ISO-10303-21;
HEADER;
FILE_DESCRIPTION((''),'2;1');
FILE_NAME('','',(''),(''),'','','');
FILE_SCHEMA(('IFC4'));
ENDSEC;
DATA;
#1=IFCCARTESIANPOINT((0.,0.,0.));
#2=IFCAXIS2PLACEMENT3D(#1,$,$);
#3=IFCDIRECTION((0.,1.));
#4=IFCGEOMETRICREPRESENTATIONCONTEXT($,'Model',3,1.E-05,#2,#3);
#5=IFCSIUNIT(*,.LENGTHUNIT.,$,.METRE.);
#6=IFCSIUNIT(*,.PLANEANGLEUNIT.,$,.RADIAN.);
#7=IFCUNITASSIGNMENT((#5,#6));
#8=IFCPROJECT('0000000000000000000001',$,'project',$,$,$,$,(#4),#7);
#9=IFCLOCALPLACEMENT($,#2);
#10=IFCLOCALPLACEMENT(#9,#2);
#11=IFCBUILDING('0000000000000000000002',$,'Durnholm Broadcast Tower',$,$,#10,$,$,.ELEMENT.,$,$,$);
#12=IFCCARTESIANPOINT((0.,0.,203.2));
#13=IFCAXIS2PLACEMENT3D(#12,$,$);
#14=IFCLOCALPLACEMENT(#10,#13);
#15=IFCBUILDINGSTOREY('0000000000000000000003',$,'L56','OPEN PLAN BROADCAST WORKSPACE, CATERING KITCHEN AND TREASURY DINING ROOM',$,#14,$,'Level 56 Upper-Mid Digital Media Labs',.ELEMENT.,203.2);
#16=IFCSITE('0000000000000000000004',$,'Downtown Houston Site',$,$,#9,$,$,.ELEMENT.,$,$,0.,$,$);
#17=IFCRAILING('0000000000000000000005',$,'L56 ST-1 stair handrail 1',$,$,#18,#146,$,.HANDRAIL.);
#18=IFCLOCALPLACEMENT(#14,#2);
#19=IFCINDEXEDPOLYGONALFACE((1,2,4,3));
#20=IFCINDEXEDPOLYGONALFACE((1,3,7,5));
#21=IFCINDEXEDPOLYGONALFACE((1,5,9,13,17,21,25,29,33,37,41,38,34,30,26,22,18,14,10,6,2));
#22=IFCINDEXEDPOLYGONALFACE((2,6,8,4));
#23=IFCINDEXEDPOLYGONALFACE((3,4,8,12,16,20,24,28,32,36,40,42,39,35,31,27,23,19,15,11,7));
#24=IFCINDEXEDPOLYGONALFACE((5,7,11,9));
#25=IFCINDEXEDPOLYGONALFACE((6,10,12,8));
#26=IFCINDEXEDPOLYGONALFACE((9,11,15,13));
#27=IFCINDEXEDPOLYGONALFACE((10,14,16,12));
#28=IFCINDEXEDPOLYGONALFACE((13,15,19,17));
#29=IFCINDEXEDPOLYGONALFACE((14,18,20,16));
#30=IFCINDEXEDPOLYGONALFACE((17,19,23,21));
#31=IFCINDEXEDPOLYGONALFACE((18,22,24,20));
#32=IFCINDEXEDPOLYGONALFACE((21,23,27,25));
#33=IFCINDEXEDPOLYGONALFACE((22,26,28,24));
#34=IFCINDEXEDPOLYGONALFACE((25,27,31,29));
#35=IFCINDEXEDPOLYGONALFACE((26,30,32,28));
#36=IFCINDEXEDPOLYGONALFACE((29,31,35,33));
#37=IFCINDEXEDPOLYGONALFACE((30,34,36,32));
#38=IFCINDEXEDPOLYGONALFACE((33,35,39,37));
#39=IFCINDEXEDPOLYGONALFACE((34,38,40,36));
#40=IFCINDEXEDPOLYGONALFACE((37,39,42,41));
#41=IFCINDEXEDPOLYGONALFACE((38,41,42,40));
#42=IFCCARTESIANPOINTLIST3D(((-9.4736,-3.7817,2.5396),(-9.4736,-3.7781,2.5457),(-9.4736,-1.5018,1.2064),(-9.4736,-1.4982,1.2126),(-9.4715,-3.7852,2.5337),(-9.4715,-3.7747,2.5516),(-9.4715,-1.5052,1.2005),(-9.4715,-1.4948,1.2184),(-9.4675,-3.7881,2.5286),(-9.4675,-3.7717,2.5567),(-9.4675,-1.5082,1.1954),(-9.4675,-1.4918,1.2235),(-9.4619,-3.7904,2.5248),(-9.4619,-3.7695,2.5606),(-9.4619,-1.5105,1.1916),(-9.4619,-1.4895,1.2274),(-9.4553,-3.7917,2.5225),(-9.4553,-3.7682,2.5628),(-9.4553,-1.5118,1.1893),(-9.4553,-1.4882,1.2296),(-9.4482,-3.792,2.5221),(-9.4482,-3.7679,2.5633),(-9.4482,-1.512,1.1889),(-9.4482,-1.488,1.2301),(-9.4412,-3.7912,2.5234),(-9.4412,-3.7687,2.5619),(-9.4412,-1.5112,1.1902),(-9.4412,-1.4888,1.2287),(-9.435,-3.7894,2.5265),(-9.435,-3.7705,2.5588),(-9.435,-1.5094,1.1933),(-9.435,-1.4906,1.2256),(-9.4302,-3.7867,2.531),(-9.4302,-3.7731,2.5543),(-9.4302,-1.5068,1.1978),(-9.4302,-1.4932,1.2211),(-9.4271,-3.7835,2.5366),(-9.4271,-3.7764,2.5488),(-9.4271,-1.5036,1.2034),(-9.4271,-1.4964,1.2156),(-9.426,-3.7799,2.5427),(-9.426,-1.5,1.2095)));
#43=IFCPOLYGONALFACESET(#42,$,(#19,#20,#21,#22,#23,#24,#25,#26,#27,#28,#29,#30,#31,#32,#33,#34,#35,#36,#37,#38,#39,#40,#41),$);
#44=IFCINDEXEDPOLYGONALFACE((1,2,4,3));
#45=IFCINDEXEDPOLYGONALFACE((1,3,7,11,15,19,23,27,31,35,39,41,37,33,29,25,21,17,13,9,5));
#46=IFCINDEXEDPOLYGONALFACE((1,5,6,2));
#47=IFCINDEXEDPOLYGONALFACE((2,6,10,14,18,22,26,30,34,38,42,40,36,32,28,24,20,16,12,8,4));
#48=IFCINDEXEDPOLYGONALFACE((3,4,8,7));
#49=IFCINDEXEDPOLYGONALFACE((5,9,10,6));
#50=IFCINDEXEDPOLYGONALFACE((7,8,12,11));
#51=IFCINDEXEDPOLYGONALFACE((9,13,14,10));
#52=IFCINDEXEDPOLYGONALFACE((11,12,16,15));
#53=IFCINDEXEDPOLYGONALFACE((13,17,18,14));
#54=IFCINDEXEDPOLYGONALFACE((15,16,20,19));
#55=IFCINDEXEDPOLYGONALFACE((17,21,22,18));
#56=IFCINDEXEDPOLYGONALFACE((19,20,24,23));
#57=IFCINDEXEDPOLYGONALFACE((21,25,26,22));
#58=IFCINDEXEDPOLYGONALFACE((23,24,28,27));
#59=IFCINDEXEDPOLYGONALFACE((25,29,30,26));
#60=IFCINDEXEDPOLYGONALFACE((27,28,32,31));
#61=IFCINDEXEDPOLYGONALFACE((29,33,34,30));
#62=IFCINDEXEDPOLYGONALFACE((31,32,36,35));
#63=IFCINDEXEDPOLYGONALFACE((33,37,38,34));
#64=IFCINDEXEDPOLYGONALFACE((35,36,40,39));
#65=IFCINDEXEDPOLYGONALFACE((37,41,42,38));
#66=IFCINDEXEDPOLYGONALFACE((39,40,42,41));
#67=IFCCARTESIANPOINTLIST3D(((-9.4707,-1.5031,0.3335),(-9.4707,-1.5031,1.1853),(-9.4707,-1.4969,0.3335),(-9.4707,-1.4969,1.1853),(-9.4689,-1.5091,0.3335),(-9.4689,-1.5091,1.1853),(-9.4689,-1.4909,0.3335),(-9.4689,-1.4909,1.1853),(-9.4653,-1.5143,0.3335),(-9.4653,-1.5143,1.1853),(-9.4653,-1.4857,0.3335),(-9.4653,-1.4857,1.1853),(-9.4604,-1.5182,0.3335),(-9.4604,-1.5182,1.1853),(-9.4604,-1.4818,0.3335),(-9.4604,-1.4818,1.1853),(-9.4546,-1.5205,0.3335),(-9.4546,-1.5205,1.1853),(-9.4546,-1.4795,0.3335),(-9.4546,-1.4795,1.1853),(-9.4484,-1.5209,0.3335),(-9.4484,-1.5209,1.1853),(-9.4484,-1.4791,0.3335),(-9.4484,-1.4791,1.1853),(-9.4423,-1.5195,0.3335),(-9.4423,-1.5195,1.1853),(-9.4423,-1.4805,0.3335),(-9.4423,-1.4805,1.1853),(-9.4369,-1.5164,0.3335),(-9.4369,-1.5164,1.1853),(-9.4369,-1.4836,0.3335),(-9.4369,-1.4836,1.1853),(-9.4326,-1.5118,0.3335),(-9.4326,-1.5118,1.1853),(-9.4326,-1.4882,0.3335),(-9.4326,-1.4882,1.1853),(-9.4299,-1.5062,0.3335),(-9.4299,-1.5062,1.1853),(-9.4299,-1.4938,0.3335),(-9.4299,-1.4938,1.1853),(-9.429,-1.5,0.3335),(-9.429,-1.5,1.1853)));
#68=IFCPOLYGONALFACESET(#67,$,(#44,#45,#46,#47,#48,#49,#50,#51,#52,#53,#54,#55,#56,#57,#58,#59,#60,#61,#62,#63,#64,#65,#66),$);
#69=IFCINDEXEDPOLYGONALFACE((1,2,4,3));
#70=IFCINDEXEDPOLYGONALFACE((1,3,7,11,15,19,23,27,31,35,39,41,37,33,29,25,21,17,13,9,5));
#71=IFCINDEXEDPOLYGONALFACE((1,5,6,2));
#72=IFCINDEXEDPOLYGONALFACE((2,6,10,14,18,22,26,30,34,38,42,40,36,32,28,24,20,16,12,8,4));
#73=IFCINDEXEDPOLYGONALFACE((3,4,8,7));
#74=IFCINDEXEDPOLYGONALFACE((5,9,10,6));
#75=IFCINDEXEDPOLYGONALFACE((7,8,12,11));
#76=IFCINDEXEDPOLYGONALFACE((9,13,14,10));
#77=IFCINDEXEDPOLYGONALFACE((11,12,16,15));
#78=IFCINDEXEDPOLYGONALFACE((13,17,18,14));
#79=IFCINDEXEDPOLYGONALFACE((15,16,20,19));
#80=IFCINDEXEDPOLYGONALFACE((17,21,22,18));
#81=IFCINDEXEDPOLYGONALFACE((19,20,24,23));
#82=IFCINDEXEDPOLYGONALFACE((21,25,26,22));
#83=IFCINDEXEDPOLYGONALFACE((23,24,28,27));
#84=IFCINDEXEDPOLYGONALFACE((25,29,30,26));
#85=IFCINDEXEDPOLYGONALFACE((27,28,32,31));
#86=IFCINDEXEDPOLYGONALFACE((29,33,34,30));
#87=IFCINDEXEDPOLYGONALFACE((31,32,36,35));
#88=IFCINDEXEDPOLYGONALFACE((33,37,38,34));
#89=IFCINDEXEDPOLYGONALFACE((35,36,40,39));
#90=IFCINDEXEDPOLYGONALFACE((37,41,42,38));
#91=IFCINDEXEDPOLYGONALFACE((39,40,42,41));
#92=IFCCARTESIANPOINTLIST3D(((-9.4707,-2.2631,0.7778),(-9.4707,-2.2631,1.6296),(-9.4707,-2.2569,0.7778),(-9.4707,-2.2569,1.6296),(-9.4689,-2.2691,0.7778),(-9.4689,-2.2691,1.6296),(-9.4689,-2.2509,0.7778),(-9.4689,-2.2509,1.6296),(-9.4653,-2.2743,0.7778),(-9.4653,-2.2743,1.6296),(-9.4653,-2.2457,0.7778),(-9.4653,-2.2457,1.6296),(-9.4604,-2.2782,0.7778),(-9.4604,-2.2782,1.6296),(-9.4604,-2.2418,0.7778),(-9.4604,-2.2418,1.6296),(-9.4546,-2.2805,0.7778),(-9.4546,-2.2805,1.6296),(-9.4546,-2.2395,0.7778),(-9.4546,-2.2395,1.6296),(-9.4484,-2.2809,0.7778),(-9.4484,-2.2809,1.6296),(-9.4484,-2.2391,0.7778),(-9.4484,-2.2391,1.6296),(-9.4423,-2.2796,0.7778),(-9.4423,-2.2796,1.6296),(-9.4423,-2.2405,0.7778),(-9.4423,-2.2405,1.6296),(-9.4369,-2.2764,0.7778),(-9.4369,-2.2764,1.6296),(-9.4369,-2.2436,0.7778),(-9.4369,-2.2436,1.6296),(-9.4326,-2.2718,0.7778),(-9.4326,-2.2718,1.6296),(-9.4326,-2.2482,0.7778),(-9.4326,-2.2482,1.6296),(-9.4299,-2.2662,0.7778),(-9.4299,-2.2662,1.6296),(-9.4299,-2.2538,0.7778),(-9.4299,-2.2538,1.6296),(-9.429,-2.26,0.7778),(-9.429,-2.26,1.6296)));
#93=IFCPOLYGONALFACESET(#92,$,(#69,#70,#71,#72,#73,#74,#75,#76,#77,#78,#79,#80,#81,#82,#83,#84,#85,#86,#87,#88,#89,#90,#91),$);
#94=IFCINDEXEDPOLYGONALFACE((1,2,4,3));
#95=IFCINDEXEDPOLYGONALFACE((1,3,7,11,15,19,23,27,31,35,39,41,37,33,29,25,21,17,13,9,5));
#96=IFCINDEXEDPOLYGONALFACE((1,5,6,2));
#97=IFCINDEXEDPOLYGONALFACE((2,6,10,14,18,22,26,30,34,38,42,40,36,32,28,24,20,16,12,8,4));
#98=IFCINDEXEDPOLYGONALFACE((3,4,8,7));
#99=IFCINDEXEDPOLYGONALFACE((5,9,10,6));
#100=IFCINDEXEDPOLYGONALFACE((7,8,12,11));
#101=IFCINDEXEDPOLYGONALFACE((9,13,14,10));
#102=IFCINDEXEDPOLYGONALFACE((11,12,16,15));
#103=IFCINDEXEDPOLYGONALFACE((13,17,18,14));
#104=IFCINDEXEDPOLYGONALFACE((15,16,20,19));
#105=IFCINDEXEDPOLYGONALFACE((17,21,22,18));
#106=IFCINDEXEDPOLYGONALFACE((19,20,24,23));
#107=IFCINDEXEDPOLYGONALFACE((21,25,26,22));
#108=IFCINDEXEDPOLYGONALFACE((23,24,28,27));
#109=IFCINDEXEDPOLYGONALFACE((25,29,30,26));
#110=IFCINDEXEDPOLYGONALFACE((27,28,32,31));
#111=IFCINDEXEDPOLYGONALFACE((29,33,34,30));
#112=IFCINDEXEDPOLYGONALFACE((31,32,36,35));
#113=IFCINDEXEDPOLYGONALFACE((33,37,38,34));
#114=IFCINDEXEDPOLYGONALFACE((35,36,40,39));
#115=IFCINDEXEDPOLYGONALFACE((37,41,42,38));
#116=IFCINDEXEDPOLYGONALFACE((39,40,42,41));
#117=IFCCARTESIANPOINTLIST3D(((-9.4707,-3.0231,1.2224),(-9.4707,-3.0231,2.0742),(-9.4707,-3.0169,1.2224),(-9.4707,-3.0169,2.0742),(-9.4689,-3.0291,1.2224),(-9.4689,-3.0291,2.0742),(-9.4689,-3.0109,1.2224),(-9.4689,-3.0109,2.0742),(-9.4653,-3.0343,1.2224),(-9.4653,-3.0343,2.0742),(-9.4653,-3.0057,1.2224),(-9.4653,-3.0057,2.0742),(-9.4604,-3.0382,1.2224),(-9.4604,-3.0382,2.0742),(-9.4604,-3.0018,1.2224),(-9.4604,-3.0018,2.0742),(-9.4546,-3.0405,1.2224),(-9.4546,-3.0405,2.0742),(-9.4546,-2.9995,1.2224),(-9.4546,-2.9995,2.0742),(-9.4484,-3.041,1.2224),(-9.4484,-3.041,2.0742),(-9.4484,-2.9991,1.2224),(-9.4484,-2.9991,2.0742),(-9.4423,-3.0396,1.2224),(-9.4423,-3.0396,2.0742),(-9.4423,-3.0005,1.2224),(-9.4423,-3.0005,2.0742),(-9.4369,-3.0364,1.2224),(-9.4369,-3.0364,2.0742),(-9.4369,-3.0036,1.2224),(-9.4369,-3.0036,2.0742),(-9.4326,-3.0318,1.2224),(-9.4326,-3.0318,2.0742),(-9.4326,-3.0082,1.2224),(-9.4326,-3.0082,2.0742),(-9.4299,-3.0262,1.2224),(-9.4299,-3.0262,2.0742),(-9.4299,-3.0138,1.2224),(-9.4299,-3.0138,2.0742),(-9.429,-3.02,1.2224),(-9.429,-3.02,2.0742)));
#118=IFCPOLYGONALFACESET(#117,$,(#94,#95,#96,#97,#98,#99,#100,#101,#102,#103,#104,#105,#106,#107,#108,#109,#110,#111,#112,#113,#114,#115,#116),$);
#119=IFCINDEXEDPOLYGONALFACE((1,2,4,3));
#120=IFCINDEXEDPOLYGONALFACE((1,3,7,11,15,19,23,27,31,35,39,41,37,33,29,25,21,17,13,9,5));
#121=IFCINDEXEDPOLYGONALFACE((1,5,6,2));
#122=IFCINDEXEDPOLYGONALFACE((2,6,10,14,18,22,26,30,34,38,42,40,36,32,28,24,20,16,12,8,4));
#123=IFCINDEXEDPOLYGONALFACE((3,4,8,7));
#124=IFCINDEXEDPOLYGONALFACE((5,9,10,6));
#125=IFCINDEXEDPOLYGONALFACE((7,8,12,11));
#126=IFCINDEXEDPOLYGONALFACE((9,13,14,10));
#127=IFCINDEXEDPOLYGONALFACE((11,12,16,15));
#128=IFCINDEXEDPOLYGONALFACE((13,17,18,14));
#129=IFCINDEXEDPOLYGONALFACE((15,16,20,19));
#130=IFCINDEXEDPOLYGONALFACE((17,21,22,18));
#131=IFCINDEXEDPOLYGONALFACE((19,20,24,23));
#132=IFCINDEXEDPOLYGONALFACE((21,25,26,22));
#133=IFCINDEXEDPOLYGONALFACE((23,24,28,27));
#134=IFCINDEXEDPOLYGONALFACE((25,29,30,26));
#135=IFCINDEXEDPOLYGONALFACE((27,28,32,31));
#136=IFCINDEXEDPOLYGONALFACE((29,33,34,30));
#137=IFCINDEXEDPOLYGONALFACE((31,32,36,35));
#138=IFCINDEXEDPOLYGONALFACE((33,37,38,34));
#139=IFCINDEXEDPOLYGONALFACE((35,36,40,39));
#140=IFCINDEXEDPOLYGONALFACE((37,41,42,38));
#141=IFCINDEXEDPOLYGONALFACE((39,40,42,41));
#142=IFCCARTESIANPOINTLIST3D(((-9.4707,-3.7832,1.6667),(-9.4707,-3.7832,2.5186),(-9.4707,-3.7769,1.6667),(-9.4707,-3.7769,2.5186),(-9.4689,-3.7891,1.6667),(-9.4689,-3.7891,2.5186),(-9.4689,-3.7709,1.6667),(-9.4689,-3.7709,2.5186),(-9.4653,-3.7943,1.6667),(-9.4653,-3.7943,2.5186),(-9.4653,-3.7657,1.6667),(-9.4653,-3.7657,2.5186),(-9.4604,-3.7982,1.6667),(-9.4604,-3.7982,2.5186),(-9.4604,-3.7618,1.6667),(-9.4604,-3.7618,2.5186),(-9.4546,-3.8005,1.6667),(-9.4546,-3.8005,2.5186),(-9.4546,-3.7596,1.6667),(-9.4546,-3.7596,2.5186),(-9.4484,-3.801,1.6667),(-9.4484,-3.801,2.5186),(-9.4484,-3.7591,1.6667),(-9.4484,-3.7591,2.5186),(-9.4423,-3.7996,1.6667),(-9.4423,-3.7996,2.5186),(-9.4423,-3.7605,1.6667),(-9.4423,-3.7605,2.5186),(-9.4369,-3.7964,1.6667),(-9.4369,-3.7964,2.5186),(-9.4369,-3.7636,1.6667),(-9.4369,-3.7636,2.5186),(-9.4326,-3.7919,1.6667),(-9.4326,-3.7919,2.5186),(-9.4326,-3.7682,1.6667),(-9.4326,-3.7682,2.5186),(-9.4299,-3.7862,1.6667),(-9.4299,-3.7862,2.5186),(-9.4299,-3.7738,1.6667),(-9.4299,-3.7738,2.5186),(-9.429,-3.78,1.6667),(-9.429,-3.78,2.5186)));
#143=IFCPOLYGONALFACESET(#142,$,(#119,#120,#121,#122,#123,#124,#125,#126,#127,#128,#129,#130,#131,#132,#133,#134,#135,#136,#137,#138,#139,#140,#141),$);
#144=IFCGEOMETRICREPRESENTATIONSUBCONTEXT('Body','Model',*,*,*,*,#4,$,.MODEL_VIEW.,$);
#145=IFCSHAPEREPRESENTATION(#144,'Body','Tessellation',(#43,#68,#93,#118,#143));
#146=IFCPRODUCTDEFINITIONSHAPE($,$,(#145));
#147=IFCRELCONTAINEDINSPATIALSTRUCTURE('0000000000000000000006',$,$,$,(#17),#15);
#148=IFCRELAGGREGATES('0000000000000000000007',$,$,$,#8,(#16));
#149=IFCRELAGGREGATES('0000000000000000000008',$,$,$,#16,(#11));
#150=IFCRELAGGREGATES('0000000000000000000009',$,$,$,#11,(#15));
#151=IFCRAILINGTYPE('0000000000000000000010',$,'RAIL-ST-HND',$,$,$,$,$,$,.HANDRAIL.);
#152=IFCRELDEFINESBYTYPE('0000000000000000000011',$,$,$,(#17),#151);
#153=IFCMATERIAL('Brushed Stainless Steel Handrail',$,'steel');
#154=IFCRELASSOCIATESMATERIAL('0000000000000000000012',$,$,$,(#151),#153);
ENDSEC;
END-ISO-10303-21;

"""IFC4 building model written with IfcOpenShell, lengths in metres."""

from ifc_helpers import new_model, si_unit, direction, frame, origin, origin_2d, place, context, subcontext, project, spatial, circle, extrude, material, type_object, element, save


model = new_model("IFC4")

# Units and contexts
model_context = context("Model", 3, precision=1e-05, world=origin(), true_north=direction((0.0, 1.0)))
body_context = subcontext(model_context, "Body", "Model", "MODEL_VIEW")
ifc_project = project(units=[si_unit("LENGTHUNIT", "METRE"), si_unit("PLANEANGLEUNIT", "RADIAN")], contexts=[model_context])

# Site, building, storey
site_placement = place(None, origin())
site = spatial("IfcSite", under=ifc_project, at=site_placement, Name="Downtown Houston Site", CompositionType="ELEMENT", RefElevation=0.0)
building_placement = place(site_placement, origin())
building = spatial("IfcBuilding", under=site, at=building_placement, Name="Durnholm Broadcast Tower", CompositionType="ELEMENT")
storey_placement = place(building_placement, frame((0.0, 0.0, 203.2)))
storey = spatial("IfcBuildingStorey", under=building, at=storey_placement, Name="L56", Description="OPEN PLAN BROADCAST WORKSPACE, CATERING KITCHEN AND TREASURY DINING ROOM", LongName="Level 56 Upper-Mid Digital Media Labs", CompositionType="ELEMENT", Elevation=203.2)

# Railing
ifc_material_1 = material(Name="Brushed Stainless Steel Handrail", Category="steel")
railing_type = type_object("IfcRailingType", Name="RAIL-ST-HND", PredefinedType="HANDRAIL", material=ifc_material_1)
railing_placement = place(storey_placement, frame((-9.45, -1.5, 0.3335)))
element("IfcRailing", 1, at=railing_placement, inside=storey, type_object=railing_type, Name="L56 ST-1 stair handrail 1", PredefinedType="HANDRAIL", context=body_context, shape_type="SweptSolid", body=[
    extrude(circle(Radius=0.0239, at=origin_2d()), frame((0.0, 0.0, 0.876), z_axis=(0.0, -0.863245, 0.504785), x_axis=(1.0, 0.0, 0.0)), (0.0, 0.0, 1.0), 2.6411),
    extrude(circle(Radius=0.021, at=origin_2d()), origin(), (0.0, 0.0, 1.0), 0.8518),
    extrude(circle(Radius=0.021, at=origin_2d()), frame((0.0, -0.76, 0.4443)), (0.0, 0.0, 1.0), 0.8518),
    extrude(circle(Radius=0.021, at=origin_2d()), frame((0.0, -1.52, 0.8889)), (0.0, 0.0, 1.0), 0.8518),
    extrude(circle(Radius=0.021, at=origin_2d()), frame((0.0, -2.28, 1.3333)), (0.0, 0.0, 1.0), 0.8518),
])

save(model, "model.ifc")
